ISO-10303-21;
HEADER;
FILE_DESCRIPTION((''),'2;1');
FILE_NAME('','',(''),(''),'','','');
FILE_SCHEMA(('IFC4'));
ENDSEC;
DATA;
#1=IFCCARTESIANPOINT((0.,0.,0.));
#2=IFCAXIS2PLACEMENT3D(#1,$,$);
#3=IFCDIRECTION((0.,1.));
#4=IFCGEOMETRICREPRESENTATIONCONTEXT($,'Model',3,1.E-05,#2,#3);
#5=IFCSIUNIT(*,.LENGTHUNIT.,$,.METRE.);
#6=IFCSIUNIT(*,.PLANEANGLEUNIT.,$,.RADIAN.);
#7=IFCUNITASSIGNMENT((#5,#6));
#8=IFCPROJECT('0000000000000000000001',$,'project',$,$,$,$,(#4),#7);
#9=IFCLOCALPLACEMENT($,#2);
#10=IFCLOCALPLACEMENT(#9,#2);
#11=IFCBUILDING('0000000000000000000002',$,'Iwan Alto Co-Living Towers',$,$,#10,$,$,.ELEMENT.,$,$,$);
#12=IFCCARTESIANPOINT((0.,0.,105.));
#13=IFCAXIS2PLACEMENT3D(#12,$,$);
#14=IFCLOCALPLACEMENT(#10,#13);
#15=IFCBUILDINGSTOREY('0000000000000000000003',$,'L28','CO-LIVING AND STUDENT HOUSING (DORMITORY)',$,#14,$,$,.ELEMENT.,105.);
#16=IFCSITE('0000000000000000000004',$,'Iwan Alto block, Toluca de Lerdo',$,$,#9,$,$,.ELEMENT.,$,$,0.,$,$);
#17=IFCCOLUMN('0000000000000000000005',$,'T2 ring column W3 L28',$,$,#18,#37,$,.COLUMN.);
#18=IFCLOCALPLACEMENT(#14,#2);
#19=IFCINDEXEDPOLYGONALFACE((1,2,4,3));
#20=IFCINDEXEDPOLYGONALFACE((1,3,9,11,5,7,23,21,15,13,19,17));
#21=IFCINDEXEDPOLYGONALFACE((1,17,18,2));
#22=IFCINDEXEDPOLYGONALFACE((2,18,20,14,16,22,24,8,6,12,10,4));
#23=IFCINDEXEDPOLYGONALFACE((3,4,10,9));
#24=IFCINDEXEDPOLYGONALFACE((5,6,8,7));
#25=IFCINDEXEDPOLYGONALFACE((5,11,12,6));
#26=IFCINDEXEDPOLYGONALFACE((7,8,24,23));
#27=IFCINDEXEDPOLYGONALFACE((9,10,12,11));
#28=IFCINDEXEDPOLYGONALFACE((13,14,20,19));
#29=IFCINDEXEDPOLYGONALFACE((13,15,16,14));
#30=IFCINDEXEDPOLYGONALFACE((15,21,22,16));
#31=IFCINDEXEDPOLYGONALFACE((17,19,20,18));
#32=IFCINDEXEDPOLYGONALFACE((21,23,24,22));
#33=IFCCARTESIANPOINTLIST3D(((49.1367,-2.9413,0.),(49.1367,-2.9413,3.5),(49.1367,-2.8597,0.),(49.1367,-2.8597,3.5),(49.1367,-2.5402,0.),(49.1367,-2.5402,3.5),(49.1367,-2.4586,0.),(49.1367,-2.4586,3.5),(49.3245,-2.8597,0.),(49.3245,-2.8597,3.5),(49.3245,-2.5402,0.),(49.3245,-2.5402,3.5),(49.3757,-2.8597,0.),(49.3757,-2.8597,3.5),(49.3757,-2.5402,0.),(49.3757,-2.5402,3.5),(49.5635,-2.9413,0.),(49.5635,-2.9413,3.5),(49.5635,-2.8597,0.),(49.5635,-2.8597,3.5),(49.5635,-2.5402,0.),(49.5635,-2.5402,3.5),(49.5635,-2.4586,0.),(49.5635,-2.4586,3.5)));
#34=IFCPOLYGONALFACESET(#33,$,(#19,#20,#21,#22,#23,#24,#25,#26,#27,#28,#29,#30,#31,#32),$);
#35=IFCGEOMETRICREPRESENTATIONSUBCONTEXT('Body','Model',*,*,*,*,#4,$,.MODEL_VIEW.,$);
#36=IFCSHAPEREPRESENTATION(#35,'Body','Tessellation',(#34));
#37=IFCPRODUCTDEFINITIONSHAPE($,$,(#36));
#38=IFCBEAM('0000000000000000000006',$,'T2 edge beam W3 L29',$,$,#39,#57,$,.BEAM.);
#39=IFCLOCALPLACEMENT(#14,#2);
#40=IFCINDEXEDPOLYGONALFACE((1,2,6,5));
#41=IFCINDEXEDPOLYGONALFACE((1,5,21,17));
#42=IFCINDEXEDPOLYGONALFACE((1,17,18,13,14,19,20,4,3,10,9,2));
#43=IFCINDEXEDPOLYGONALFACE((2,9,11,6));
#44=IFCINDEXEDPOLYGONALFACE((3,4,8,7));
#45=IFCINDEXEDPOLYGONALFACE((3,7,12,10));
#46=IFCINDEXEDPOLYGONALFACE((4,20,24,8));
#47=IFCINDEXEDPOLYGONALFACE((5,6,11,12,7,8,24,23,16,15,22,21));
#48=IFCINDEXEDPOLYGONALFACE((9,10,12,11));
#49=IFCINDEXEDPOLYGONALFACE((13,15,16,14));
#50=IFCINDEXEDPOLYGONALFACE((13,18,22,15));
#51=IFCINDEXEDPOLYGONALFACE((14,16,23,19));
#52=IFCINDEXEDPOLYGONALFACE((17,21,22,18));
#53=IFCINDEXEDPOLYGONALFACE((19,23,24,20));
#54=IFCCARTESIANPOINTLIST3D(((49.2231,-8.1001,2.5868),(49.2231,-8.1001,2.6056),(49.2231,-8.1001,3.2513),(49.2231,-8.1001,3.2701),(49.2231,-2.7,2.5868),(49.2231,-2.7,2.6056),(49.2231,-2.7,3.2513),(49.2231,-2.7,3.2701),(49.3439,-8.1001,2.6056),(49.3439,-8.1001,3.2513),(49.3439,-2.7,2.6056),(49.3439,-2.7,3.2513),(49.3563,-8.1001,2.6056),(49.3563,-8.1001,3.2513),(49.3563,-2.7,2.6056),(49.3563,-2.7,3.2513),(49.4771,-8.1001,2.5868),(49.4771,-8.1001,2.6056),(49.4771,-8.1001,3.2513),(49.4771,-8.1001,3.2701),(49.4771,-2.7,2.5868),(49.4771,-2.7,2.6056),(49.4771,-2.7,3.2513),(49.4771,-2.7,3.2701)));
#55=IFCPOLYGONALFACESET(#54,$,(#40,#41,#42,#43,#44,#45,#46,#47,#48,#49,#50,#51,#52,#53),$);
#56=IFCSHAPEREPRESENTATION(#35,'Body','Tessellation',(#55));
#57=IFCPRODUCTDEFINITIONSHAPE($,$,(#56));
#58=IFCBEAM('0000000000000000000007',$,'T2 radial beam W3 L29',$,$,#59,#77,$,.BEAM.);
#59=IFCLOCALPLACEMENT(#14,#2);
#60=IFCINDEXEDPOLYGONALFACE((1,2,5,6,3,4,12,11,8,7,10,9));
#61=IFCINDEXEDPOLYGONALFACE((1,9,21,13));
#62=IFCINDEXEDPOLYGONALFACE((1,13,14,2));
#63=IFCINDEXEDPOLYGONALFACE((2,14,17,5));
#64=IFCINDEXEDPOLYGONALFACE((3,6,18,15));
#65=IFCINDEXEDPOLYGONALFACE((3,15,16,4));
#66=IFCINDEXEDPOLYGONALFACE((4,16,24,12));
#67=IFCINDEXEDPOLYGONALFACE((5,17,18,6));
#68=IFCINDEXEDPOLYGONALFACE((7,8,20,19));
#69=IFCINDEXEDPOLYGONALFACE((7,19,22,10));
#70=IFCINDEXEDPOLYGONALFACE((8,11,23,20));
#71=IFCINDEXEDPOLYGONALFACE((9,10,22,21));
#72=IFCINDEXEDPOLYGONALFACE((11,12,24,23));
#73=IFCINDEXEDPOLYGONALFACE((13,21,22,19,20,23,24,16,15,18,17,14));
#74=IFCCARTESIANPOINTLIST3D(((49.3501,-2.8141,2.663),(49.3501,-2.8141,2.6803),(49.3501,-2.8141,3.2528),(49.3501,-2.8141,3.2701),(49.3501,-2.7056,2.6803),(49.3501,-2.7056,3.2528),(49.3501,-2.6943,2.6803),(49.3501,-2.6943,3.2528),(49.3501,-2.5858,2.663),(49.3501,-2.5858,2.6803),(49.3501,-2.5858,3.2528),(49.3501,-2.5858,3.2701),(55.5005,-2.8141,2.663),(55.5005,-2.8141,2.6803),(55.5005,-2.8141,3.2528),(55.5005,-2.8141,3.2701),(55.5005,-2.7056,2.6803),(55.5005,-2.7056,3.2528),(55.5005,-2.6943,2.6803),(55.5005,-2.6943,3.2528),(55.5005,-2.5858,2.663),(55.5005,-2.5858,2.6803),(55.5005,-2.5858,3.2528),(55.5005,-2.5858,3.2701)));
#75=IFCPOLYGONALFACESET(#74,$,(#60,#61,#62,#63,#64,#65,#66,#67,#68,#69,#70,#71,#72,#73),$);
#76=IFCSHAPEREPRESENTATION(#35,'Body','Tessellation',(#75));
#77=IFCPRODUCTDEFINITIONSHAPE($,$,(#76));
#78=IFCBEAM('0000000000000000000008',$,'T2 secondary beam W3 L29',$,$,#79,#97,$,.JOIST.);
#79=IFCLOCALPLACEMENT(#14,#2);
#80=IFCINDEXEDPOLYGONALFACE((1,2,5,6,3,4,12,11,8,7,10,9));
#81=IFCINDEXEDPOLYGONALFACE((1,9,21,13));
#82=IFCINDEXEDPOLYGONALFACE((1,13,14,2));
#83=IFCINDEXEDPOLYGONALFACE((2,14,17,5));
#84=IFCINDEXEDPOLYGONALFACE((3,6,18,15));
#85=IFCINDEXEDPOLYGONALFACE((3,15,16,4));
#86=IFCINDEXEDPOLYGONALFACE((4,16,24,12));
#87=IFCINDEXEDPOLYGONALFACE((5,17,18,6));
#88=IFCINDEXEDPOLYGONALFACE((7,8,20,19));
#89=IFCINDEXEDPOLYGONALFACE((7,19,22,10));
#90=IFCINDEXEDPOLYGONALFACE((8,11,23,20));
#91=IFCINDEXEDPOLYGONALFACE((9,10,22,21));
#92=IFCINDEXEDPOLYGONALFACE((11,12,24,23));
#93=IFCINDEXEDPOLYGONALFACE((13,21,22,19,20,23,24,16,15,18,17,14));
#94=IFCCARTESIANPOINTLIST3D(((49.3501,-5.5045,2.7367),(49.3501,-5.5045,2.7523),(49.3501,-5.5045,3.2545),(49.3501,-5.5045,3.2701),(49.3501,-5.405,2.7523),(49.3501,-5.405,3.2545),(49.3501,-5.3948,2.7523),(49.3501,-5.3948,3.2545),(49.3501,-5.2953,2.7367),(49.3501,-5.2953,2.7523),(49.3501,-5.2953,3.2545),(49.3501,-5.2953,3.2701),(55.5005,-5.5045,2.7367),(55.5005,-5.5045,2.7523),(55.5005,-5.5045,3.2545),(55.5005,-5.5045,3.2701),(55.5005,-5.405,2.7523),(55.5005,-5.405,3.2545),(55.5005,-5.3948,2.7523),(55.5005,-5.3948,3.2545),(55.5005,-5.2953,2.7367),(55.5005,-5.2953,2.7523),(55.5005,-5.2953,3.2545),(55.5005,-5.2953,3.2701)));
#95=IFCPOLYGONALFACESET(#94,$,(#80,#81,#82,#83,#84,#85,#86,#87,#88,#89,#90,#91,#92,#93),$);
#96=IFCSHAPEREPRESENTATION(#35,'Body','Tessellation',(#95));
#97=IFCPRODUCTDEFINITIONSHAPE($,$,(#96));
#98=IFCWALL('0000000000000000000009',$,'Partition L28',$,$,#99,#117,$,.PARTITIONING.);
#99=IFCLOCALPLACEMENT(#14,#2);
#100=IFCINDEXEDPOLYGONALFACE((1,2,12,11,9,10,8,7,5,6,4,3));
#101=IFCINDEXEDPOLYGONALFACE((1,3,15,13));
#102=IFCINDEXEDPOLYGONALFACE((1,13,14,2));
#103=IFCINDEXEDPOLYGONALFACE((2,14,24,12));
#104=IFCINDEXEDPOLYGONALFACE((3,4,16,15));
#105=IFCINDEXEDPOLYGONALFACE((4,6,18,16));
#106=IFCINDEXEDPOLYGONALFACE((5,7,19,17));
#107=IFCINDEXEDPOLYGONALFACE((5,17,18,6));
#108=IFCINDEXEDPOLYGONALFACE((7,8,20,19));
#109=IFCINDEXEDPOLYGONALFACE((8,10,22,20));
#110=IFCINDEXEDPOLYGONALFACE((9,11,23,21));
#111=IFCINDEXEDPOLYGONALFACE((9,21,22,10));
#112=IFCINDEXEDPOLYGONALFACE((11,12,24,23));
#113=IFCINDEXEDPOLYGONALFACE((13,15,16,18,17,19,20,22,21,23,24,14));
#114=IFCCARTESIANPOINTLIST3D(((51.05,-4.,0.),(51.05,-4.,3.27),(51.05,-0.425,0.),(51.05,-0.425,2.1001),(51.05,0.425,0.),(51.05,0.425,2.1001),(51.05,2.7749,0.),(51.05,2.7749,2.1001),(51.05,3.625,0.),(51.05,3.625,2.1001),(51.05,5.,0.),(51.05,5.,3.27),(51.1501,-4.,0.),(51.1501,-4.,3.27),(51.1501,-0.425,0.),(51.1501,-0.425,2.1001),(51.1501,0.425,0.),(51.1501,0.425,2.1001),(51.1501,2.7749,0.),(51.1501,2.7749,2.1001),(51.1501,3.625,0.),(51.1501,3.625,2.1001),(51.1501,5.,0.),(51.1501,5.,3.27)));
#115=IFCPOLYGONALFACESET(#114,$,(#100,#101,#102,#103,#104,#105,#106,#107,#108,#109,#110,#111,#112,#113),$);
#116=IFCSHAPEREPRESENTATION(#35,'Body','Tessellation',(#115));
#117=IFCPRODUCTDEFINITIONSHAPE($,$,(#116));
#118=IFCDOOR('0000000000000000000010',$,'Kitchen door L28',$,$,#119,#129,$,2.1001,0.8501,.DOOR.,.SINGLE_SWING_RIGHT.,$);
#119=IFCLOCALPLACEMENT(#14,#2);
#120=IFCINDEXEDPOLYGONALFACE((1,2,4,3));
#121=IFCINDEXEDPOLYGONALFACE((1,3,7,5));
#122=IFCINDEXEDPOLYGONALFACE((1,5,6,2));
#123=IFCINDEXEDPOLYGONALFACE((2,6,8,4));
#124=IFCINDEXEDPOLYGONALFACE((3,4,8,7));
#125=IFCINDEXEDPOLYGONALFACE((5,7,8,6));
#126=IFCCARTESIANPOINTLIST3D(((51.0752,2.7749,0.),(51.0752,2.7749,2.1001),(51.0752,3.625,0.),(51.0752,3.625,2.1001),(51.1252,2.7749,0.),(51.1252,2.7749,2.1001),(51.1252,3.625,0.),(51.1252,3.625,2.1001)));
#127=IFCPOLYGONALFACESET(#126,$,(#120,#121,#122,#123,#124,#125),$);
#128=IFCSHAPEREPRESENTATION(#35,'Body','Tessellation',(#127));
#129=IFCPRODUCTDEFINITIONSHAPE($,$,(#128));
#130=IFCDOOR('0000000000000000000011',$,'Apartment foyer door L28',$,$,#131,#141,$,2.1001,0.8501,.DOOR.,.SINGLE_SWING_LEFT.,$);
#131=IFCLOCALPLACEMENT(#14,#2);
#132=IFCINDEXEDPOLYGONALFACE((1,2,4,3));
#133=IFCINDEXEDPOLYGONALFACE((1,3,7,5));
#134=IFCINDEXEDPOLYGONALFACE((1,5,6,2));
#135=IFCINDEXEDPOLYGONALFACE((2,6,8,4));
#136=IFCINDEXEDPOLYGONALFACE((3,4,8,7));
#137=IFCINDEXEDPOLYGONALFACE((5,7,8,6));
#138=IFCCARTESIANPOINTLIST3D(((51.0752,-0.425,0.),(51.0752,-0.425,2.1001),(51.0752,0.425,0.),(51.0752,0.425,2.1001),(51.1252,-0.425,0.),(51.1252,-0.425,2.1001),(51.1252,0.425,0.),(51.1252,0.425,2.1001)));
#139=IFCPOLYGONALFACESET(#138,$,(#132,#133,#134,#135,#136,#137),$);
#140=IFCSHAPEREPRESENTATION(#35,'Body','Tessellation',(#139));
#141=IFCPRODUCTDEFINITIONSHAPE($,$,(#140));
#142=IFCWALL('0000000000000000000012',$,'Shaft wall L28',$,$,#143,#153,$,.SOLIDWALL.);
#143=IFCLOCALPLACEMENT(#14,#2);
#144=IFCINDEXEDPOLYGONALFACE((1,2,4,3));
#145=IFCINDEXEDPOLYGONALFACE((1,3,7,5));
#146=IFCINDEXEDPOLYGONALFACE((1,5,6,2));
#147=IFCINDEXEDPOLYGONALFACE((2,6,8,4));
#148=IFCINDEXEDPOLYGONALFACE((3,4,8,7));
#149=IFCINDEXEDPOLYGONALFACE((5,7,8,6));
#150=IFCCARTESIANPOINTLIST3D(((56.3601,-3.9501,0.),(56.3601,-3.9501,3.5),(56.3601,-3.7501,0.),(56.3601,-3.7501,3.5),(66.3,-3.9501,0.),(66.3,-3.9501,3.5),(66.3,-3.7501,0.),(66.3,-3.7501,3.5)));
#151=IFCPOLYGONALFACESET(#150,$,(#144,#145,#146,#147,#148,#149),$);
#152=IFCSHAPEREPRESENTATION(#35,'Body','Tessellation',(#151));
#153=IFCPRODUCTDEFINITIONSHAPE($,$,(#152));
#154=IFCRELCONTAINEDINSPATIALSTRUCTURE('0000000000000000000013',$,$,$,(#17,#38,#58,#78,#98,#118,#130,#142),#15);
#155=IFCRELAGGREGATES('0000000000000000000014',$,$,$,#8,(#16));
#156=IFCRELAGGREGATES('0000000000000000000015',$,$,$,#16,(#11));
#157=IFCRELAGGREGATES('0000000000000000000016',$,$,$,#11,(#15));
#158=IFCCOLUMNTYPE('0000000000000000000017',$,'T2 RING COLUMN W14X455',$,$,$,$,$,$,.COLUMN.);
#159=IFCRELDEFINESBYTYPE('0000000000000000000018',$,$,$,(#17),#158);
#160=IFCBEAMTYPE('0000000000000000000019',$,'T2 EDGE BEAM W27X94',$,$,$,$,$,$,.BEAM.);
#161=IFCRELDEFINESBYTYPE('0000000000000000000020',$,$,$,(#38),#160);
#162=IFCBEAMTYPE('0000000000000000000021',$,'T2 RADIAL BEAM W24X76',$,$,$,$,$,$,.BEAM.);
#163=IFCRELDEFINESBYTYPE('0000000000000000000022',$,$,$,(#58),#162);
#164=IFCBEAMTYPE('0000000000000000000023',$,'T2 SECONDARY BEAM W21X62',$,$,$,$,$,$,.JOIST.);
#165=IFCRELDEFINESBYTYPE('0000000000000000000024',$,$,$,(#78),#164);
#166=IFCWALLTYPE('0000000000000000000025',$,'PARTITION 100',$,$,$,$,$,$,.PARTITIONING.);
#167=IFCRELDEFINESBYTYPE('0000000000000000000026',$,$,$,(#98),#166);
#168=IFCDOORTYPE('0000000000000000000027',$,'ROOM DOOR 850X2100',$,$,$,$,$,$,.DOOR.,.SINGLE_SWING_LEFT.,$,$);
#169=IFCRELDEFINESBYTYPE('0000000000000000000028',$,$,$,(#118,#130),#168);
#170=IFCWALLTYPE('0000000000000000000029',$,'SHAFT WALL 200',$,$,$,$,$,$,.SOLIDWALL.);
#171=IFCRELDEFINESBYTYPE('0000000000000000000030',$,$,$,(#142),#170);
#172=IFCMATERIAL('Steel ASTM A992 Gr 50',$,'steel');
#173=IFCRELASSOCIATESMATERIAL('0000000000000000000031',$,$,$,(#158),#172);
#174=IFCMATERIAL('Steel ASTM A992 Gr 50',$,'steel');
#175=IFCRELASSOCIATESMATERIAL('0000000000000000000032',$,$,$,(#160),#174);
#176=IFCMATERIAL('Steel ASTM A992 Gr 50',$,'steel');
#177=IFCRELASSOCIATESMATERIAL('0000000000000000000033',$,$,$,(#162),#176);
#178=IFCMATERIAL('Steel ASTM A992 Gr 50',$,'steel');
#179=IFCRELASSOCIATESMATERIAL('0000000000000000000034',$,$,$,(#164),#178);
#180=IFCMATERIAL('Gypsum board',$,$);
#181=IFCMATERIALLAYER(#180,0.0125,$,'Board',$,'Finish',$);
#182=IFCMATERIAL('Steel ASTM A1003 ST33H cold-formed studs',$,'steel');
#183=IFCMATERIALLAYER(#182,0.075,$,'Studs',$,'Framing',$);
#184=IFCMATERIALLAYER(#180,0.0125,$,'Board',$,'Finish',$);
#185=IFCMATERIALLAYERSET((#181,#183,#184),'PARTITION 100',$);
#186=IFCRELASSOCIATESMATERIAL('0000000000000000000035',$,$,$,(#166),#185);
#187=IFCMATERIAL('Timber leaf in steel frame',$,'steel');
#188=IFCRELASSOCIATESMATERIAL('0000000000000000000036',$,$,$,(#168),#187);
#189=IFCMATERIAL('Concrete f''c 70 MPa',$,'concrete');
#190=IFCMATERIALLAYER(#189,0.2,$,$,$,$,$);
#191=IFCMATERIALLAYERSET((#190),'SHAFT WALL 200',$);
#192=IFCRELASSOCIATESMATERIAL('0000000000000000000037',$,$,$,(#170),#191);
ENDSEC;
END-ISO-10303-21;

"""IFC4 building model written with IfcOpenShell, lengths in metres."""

from ifc_helpers import new_model, si_unit, direction, frame, frame_2d, origin, origin_2d, place, context, subcontext, project, spatial, rectangle, i_section, extrude, material, layer, layer_set, material_profile, profile_set, type_object, element, fill, save


model = new_model("IFC4")

# Units and contexts
model_context = context("Model", 3, precision=1e-05, world=origin(), true_north=direction((0.0, 1.0)))
body_context = subcontext(model_context, "Body", "Model", "MODEL_VIEW")
ifc_project = project(units=[si_unit("LENGTHUNIT", "METRE"), si_unit("PLANEANGLEUNIT", "RADIAN")], contexts=[model_context])

# Site, building, storey
site_placement = place(None, origin())
site = spatial("IfcSite", under=ifc_project, at=site_placement, Name="Iwan Alto block, Toluca de Lerdo", CompositionType="ELEMENT", RefElevation=0.0)
building_placement = place(site_placement, origin())
building = spatial("IfcBuilding", under=site, at=building_placement, Name="Iwan Alto Co-Living Towers", CompositionType="ELEMENT")
storey_placement = place(building_placement, frame((0.0, 0.0, 105.0)))
storey = spatial("IfcBuildingStorey", under=building, at=storey_placement, Name="L28", Description="CO-LIVING AND STUDENT HOUSING (DORMITORY)", CompositionType="ELEMENT", Elevation=105.0)

# Column
ifc_material_1 = material(Name="Steel ASTM A992 Gr 50", Category="steel")
ifc_material_profile_1 = material_profile(ifc_material_1, i_section(OverallWidth=0.4268, OverallDepth=0.4827, WebThickness=0.0513, FlangeThickness=0.0815, at=origin_2d()), Name="W14X455")
ifc_profile_set_1 = profile_set([ifc_material_profile_1], Name="Steel ASTM A992 Gr 50")
column_type = type_object("IfcColumnType", Name="T2 RING COLUMN W14X455", PredefinedType="COLUMN", material=ifc_profile_set_1)
column_placement = place(storey_placement, frame((49.3501, -2.7, 0.0), z_axis=(0.0, 0.0, 1.0), x_axis=(1.0, 0.0, 0.0)))
element("IfcColumn", 1, at=column_placement, inside=storey, type_object=column_type, Name="T2 ring column W3 L28", PredefinedType="COLUMN", context=body_context, shape_type="SweptSolid", body=[
    extrude(i_section(OverallWidth=0.4268, OverallDepth=0.4827, WebThickness=0.0513, FlangeThickness=0.0815, at=origin_2d()), origin(), (0.0, 0.0, 1.0), 3.5),
])

# Beams
ifc_material_2 = material(Name="Steel ASTM A992 Gr 50", Category="steel")
ifc_material_profile_2 = material_profile(ifc_material_2, i_section(OverallWidth=0.2539, OverallDepth=0.6833, WebThickness=0.0125, FlangeThickness=0.0188, at=origin_2d()), Name="W27X94")
ifc_profile_set_2 = profile_set([ifc_material_profile_2], Name="Steel ASTM A992 Gr 50")
beam_type_1 = type_object("IfcBeamType", Name="T2 EDGE BEAM W27X94", PredefinedType="BEAM", material=ifc_profile_set_2)
beam_1_placement = place(storey_placement, frame((49.3501, -2.7, 2.9285), z_axis=(0.0, -1.0, 0.0), x_axis=(1.0, 0.0, 0.0)))
element("IfcBeam", 2, at=beam_1_placement, inside=storey, type_object=beam_type_1, Name="T2 edge beam W3 L29", PredefinedType="BEAM", context=body_context, shape_type="SweptSolid", body=[
    extrude(i_section(OverallWidth=0.2539, OverallDepth=0.6833, WebThickness=0.0125, FlangeThickness=0.0188, at=origin_2d()), origin(), (0.0, 0.0, 1.0), 5.4001),
])
ifc_material_3 = material(Name="Steel ASTM A992 Gr 50", Category="steel")
ifc_material_profile_3 = material_profile(ifc_material_3, i_section(OverallWidth=0.2283, OverallDepth=0.6072, WebThickness=0.0112, FlangeThickness=0.0173, at=origin_2d()), Name="W24X76")
ifc_profile_set_3 = profile_set([ifc_material_profile_3], Name="Steel ASTM A992 Gr 50")
beam_type_2 = type_object("IfcBeamType", Name="T2 RADIAL BEAM W24X76", PredefinedType="BEAM", material=ifc_profile_set_3)
beam_2_placement = place(storey_placement, frame((49.3501, -2.7, 2.9666), z_axis=(1.0, 0.0, 0.0), x_axis=(0.0, 1.0, 0.0)))
element("IfcBeam", 3, at=beam_2_placement, inside=storey, type_object=beam_type_2, Name="T2 radial beam W3 L29", PredefinedType="BEAM", context=body_context, shape_type="SweptSolid", body=[
    extrude(i_section(OverallWidth=0.2283, OverallDepth=0.6072, WebThickness=0.0112, FlangeThickness=0.0173, at=origin_2d()), origin(), (0.0, 0.0, 1.0), 6.1504),
])
ifc_material_4 = material(Name="Steel ASTM A992 Gr 50", Category="steel")
ifc_material_profile_4 = material_profile(ifc_material_4, i_section(OverallWidth=0.2092, OverallDepth=0.5334, WebThickness=0.0103, FlangeThickness=0.0156, at=origin_2d()), Name="W21X62")
ifc_profile_set_4 = profile_set([ifc_material_profile_4], Name="Steel ASTM A992 Gr 50")
beam_type_3 = type_object("IfcBeamType", Name="T2 SECONDARY BEAM W21X62", PredefinedType="JOIST", material=ifc_profile_set_4)
beam_3_placement = place(storey_placement, frame((49.3501, -5.3999, 3.0034), z_axis=(1.0, 0.0, 0.0), x_axis=(0.0, 1.0, 0.0)))
element("IfcBeam", 4, at=beam_3_placement, inside=storey, type_object=beam_type_3, Name="T2 secondary beam W3 L29", PredefinedType="JOIST", context=body_context, shape_type="SweptSolid", body=[
    extrude(i_section(OverallWidth=0.2092, OverallDepth=0.5334, WebThickness=0.0103, FlangeThickness=0.0156, at=origin_2d()), origin(), (0.0, 0.0, 1.0), 6.1504),
])

# Wall, openings, doors
ifc_material_5 = material(Name="Gypsum board")
ifc_layer_1 = layer(ifc_material_5, 0.0125, Name="Board", Category="Finish")
ifc_material_6 = material(Name="Steel ASTM A1003 ST33H cold-formed studs", Category="steel")
ifc_layer_2 = layer(ifc_material_6, 0.075, Name="Studs", Category="Framing")
ifc_layer_3 = layer(ifc_material_5, 0.0125, Name="Board", Category="Finish")
ifc_layer_set_1 = layer_set([ifc_layer_1, ifc_layer_2, ifc_layer_3], Name="PARTITION 100")
wall_type_1 = type_object("IfcWallType", Name="PARTITION 100", PredefinedType="PARTITIONING", material=ifc_layer_set_1)
wall_1_placement = place(storey_placement, frame((51.1001, -4.0, 0.0), z_axis=(0.0, 0.0, 1.0), x_axis=(0.0, 1.0, 0.0)))
wall_1 = element("IfcWall", 5, at=wall_1_placement, inside=storey, type_object=wall_type_1, Name="Partition L28", PredefinedType="PARTITIONING", context=body_context, shape_type="SweptSolid", body=[
    extrude(rectangle(XDim=9.0, YDim=0.1001, at=frame_2d((4.5, 0.0))), origin(), (0.0, 0.0, 1.0), 3.27),
])
opening_1_placement = place(wall_1_placement, frame((6.7749, 0.0, 0.0)))
opening_1 = element("IfcOpeningElement", 6, at=opening_1_placement, cuts=wall_1, PredefinedType="OPENING", context=body_context, shape_type="SweptSolid", body=[
    extrude(rectangle(XDim=0.8501, YDim=2.1001, at=frame_2d((0.425, 1.05))), frame((0.0, 0.0601, 0.0), z_axis=(0.0, -1.0, 0.0), x_axis=(1.0, 0.0, 0.0)), (0.0, 0.0, 1.0), 0.1201),
])
opening_2_placement = place(wall_1_placement, frame((3.575, 0.0, 0.0)))
opening_2 = element("IfcOpeningElement", 7, at=opening_2_placement, cuts=wall_1, PredefinedType="OPENING", context=body_context, shape_type="SweptSolid", body=[
    extrude(rectangle(XDim=0.8501, YDim=2.1001, at=frame_2d((0.425, 1.05))), frame((0.0, 0.0601, 0.0), z_axis=(0.0, -1.0, 0.0), x_axis=(1.0, 0.0, 0.0)), (0.0, 0.0, 1.0), 0.1201),
])
ifc_material_7 = material(Name="Timber leaf in steel frame", Category="steel")
door_type_1 = type_object("IfcDoorType", Name="ROOM DOOR 850X2100", OperationType="SINGLE_SWING_LEFT", PredefinedType="DOOR", material=ifc_material_7)
door_1_placement = place(opening_1_placement, origin())
door_1 = element("IfcDoor", 8, at=door_1_placement, inside=storey, type_object=door_type_1, Name="Kitchen door L28", OperationType="SINGLE_SWING_RIGHT", OverallHeight=2.1001, OverallWidth=0.8501, PredefinedType="DOOR", context=body_context, shape_type="SweptSolid", body=[
    extrude(rectangle(XDim=0.8501, YDim=2.1001, at=frame_2d((0.425, 1.05))), frame((0.0, 0.0249, 0.0), z_axis=(0.0, -1.0, 0.0), x_axis=(1.0, 0.0, 0.0)), (0.0, 0.0, 1.0), 0.05),
])
fill(opening_1, door_1)
door_2_placement = place(opening_2_placement, origin())
door_2 = element("IfcDoor", 9, at=door_2_placement, inside=storey, type_object=door_type_1, Name="Apartment foyer door L28", OperationType="SINGLE_SWING_LEFT", OverallHeight=2.1001, OverallWidth=0.8501, PredefinedType="DOOR", context=body_context, shape_type="SweptSolid", body=[
    extrude(rectangle(XDim=0.8501, YDim=2.1001, at=frame_2d((0.425, 1.05))), frame((0.0, 0.0249, 0.0), z_axis=(0.0, -1.0, 0.0), x_axis=(1.0, 0.0, 0.0)), (0.0, 0.0, 1.0), 0.05),
])
fill(opening_2, door_2)

# Wall
ifc_material_8 = material(Name="Concrete f'c 70 MPa", Category="concrete")
ifc_layer_4 = layer(ifc_material_8, 0.2)
ifc_layer_set_2 = layer_set([ifc_layer_4], Name="SHAFT WALL 200")
wall_type_2 = type_object("IfcWallType", Name="SHAFT WALL 200", PredefinedType="SOLIDWALL", material=ifc_layer_set_2)
wall_2_placement = place(storey_placement, frame((56.3601, -3.8501, 0.0), z_axis=(0.0, 0.0, 1.0), x_axis=(1.0, 0.0, 0.0)))
element("IfcWall", 10, at=wall_2_placement, inside=storey, type_object=wall_type_2, Name="Shaft wall L28", PredefinedType="SOLIDWALL", context=body_context, shape_type="SweptSolid", body=[
    extrude(rectangle(XDim=9.9399, YDim=0.2, at=frame_2d((4.97, 0.0))), origin(), (0.0, 0.0, 1.0), 3.5),
])

save(model, "model.ifc")
